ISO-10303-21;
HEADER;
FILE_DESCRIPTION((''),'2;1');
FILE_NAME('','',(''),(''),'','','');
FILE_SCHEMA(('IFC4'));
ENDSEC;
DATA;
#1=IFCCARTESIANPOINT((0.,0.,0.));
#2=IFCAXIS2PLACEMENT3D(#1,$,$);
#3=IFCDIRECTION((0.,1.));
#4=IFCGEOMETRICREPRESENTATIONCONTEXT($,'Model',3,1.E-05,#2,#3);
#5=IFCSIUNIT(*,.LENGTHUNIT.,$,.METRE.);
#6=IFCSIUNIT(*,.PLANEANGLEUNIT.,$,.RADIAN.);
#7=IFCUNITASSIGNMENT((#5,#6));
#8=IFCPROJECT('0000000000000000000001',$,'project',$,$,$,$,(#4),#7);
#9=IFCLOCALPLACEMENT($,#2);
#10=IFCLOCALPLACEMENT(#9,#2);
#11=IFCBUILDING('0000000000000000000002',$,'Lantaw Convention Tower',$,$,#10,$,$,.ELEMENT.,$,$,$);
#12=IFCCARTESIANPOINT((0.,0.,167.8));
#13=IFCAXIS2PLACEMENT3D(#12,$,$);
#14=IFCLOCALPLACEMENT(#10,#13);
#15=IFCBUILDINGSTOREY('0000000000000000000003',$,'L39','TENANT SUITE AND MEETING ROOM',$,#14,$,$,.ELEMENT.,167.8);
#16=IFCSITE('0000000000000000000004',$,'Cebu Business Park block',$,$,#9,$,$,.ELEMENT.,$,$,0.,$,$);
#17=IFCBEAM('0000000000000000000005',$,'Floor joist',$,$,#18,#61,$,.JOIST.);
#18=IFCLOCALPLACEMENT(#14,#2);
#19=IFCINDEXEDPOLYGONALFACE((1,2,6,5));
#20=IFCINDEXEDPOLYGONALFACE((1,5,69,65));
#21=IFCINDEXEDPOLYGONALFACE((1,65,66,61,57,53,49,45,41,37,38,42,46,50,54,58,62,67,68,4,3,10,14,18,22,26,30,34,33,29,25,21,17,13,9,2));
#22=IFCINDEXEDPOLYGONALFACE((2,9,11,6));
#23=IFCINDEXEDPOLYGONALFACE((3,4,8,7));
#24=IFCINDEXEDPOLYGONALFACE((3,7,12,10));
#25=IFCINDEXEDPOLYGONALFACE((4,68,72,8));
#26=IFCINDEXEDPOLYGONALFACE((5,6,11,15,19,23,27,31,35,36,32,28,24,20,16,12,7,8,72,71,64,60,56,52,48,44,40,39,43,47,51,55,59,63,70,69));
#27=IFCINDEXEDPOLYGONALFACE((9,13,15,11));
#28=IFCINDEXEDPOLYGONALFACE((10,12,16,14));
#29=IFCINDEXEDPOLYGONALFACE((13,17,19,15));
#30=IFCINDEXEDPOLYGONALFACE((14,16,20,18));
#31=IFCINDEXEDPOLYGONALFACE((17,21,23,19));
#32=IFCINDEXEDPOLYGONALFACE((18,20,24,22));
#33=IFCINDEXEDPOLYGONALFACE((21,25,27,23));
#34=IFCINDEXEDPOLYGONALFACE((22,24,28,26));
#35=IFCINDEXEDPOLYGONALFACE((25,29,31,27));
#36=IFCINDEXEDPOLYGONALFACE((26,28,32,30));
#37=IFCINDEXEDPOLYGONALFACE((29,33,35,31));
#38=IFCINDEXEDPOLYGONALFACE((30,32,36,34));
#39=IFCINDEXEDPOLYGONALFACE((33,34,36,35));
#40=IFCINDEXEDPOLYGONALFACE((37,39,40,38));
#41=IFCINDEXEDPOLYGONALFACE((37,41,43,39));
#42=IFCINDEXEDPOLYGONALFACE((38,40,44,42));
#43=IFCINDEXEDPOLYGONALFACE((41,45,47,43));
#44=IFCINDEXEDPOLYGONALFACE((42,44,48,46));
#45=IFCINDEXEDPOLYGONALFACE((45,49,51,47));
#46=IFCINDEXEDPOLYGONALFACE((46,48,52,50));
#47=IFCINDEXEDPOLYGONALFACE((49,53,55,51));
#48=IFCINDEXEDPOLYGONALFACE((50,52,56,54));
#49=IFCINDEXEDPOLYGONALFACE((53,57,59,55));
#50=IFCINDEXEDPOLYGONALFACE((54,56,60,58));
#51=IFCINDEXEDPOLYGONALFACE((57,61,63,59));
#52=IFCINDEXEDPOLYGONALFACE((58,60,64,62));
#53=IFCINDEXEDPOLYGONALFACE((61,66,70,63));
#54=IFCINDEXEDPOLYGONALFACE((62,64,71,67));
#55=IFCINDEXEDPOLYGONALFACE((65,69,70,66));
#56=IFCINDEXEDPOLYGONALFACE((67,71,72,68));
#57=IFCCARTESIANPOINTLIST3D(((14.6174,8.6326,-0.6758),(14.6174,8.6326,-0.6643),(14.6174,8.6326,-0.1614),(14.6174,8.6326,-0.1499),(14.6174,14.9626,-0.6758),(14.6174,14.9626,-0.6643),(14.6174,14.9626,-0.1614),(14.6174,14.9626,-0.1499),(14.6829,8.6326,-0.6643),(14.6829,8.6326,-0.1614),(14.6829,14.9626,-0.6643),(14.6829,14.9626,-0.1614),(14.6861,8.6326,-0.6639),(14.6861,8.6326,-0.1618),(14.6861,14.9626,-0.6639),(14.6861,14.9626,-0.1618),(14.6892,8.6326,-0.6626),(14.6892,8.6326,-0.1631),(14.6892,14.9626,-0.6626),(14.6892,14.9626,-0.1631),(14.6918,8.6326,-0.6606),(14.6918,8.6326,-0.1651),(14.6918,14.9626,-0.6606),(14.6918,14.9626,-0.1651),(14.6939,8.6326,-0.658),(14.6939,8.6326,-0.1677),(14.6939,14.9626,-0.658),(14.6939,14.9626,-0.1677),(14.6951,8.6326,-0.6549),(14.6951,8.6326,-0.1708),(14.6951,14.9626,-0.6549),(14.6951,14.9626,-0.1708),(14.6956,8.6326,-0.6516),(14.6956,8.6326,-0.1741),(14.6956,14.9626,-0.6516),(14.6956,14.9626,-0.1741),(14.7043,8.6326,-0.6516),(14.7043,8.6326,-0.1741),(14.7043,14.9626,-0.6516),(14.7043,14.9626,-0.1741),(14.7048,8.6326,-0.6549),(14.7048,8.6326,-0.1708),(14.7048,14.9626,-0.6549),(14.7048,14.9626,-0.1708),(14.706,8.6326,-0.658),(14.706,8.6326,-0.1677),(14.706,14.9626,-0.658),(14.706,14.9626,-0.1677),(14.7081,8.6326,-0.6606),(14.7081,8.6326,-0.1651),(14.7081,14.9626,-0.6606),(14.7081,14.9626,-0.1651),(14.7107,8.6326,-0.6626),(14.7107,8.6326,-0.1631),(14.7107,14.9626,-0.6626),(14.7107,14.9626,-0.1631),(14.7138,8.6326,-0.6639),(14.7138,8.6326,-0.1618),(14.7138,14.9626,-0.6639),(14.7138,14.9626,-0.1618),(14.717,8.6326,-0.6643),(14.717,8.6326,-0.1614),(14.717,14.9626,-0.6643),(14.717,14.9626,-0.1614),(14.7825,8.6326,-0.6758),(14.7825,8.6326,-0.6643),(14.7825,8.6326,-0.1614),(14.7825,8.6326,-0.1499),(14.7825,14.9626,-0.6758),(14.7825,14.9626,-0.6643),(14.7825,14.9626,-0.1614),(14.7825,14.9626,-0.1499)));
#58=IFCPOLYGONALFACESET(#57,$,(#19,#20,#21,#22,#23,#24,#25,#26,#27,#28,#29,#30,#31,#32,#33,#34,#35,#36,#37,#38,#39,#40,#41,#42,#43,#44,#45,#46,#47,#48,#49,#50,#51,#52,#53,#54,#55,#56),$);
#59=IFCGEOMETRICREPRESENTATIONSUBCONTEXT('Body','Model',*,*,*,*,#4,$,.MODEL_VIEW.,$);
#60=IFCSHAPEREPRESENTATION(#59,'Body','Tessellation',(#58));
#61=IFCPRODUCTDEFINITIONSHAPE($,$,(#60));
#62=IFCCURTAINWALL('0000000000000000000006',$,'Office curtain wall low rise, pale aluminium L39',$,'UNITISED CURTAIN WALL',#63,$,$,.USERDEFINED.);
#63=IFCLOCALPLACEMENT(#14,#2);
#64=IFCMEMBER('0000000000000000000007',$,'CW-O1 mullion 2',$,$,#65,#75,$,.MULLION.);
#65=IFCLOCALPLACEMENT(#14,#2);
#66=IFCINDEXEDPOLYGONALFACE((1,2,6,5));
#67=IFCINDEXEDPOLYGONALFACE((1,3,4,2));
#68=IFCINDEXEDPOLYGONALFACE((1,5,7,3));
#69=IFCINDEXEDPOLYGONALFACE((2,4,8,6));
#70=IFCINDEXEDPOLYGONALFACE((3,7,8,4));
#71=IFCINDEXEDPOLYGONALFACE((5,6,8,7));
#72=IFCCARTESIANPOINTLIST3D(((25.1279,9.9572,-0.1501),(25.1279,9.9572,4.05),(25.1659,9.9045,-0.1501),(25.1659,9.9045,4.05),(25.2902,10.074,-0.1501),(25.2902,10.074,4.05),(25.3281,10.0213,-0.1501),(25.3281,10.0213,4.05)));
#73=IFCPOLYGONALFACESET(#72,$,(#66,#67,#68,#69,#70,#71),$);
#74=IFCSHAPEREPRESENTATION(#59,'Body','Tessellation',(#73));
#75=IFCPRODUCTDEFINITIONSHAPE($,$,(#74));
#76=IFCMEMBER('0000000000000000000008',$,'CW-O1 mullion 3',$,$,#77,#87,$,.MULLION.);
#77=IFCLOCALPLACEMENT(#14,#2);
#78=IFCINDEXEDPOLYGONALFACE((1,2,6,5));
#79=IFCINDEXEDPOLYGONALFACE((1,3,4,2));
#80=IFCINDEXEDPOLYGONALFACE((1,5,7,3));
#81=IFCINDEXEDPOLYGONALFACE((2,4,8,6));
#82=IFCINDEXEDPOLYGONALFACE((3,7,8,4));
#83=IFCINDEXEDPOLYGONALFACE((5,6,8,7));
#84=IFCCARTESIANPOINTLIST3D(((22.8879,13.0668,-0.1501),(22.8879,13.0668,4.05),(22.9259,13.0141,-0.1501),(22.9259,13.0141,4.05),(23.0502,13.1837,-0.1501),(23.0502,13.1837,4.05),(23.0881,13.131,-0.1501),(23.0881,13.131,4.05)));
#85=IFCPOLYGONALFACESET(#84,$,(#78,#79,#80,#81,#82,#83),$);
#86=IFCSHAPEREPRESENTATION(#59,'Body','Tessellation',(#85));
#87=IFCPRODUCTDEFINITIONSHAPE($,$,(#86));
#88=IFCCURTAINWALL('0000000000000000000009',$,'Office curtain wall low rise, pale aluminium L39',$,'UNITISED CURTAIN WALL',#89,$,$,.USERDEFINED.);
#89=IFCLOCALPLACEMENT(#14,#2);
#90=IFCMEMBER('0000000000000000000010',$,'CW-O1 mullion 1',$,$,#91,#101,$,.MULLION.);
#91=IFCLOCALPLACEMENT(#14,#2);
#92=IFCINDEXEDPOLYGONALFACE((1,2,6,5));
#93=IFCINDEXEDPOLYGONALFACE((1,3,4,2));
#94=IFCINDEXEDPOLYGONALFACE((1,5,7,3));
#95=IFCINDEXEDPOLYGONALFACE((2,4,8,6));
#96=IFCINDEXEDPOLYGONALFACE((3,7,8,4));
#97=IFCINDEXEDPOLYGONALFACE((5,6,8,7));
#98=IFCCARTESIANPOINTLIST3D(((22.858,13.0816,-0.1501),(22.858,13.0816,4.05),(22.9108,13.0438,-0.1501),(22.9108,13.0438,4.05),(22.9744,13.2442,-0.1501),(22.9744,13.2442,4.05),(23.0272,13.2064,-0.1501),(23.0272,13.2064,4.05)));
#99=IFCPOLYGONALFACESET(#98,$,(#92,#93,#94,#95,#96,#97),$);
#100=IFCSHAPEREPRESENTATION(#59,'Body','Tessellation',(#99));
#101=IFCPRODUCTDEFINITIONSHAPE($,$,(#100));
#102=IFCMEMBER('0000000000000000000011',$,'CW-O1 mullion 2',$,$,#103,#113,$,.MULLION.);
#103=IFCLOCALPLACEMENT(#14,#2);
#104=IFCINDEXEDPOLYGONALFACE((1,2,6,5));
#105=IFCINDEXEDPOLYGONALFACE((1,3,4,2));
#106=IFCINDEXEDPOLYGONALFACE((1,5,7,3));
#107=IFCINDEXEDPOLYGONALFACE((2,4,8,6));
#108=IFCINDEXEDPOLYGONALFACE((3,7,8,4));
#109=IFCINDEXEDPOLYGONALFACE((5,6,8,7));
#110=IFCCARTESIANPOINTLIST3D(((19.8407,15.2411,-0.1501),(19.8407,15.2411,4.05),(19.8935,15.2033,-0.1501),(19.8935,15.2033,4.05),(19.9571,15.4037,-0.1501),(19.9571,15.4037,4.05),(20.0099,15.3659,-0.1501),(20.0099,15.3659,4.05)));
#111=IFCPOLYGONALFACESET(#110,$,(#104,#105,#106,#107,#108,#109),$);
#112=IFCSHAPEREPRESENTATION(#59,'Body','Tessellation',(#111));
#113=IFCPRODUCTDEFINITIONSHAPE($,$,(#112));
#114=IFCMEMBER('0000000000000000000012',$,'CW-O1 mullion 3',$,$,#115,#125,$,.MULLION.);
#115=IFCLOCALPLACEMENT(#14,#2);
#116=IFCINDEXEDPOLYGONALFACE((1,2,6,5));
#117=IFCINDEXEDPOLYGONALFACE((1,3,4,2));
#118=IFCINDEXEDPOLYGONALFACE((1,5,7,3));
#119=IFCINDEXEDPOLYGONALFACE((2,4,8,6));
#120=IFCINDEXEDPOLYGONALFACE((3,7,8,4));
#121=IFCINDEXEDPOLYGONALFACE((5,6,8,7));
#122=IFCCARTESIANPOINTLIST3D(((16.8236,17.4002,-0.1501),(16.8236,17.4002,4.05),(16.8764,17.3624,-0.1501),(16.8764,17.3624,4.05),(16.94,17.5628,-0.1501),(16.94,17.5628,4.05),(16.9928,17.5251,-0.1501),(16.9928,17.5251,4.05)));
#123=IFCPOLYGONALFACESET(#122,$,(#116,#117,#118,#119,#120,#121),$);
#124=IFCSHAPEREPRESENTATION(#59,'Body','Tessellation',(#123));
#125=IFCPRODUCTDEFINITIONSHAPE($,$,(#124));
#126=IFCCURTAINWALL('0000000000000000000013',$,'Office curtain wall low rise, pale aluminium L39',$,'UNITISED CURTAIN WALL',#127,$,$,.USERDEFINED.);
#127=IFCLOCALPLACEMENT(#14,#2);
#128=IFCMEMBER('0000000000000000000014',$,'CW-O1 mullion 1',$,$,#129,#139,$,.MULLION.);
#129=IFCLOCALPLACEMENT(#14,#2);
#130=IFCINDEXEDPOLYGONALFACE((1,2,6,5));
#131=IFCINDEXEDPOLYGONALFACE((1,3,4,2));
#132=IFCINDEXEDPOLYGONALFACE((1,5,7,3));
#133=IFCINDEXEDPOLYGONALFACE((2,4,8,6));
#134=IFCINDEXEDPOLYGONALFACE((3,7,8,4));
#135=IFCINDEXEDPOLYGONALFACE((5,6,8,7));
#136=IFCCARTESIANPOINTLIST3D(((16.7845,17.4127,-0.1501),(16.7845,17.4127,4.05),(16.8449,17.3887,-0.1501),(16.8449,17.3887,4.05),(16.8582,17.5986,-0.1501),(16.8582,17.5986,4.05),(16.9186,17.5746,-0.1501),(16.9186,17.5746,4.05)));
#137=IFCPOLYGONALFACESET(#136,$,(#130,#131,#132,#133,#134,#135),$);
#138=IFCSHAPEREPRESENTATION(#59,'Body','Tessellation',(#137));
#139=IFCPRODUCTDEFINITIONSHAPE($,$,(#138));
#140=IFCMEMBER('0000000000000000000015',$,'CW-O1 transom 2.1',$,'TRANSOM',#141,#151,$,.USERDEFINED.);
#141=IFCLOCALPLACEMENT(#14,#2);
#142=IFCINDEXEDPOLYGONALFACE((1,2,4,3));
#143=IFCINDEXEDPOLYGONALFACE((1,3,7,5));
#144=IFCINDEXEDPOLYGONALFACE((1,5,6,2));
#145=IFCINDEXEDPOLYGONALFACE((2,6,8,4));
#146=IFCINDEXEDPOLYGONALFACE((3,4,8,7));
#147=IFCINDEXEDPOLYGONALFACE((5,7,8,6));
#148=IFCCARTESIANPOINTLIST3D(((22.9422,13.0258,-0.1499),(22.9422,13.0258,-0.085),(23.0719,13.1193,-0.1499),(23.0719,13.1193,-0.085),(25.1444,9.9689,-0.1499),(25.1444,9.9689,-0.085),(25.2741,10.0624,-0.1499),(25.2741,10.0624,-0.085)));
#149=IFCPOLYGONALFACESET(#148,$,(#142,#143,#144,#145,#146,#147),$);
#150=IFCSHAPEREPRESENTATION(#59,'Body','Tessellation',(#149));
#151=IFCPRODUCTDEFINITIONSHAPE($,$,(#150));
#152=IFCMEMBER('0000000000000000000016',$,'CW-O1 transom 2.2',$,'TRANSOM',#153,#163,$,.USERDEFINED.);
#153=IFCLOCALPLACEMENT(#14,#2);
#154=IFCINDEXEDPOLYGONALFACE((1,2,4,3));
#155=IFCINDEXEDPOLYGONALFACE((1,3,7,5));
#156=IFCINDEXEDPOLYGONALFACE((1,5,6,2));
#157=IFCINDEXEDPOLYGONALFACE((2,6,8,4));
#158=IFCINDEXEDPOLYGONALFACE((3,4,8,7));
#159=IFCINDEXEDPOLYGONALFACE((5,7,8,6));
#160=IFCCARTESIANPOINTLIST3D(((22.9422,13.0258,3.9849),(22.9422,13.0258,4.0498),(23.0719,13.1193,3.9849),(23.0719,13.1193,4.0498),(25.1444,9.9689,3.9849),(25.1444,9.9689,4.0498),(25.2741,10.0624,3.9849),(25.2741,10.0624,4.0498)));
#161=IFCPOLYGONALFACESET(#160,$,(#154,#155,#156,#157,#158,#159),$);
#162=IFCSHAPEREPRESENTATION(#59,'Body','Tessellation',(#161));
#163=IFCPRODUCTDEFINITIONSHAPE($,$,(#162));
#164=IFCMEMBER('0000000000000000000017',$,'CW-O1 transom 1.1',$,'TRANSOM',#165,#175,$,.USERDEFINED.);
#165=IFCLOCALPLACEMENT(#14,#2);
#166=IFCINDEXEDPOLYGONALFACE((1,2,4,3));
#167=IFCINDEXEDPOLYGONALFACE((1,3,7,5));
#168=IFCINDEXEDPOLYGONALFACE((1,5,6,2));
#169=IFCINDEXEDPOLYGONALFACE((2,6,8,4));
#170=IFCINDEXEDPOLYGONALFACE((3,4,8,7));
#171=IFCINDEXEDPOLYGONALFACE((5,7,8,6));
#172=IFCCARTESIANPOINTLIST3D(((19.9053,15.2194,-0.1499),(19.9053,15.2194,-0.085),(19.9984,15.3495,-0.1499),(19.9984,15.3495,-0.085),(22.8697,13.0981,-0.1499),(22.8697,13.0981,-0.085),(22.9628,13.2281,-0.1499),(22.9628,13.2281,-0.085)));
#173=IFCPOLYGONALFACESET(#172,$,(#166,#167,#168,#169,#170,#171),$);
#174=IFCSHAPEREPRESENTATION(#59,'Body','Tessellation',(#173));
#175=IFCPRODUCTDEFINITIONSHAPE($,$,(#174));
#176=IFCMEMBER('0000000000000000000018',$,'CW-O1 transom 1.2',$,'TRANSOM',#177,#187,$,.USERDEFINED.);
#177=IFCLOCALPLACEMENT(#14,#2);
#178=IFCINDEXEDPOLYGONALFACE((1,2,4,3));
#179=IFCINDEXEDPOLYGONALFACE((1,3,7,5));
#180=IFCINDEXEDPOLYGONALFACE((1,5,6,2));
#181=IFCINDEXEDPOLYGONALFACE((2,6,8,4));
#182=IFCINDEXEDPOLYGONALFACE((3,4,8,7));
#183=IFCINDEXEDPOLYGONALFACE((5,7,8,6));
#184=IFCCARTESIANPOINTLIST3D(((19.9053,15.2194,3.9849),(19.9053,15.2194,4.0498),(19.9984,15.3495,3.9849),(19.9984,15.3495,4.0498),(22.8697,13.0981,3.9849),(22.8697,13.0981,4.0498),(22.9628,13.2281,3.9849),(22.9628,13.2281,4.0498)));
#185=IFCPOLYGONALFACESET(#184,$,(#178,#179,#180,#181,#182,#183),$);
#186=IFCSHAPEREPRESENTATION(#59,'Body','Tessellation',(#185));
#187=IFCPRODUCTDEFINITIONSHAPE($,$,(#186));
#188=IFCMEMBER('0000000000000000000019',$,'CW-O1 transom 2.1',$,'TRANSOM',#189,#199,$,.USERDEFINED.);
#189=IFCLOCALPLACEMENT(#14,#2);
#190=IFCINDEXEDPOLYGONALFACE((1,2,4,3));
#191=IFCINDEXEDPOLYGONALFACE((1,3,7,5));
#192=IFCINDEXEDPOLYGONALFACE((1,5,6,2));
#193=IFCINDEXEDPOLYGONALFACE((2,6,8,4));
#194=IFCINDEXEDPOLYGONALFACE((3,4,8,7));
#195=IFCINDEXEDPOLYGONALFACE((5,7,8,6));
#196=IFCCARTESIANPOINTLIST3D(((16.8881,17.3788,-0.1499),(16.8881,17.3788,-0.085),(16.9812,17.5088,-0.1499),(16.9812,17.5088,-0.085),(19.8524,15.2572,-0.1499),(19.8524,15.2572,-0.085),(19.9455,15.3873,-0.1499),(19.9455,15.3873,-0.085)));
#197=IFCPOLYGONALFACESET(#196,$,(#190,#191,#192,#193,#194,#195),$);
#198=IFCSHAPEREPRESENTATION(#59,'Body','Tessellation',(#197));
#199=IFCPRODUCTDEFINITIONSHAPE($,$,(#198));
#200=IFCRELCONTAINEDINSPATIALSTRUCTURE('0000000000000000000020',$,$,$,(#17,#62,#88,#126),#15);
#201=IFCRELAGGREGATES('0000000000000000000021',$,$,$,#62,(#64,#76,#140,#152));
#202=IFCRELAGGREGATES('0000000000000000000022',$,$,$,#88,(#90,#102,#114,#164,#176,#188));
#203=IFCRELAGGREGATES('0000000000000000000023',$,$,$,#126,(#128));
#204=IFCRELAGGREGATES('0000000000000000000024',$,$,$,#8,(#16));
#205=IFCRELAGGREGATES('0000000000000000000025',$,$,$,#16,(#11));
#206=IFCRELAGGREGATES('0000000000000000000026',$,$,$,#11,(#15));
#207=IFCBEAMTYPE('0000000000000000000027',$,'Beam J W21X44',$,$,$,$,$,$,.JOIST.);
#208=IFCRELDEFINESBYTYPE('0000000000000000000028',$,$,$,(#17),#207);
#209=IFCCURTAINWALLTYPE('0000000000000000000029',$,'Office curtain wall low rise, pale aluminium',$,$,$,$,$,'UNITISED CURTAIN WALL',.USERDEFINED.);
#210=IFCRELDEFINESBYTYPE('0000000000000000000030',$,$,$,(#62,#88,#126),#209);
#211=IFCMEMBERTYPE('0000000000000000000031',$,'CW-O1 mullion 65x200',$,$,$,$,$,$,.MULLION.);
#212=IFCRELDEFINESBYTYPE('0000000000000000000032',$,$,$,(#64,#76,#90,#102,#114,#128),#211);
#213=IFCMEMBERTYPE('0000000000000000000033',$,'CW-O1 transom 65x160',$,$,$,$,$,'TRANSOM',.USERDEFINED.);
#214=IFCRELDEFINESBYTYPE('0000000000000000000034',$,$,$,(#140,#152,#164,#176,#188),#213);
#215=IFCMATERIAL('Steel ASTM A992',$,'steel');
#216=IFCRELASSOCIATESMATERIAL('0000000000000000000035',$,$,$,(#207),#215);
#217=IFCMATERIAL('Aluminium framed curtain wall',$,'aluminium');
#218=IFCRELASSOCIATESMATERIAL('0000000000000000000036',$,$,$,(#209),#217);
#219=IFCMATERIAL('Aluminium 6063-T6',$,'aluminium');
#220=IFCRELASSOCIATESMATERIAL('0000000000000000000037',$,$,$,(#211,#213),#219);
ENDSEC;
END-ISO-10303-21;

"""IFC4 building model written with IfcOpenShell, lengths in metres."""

from ifc_helpers import new_model, si_unit, direction, frame, origin, origin_2d, place, context, subcontext, project, spatial, rectangle, i_section, extrude, material, material_profile, profile_set, type_object, element, aggregate, save


model = new_model("IFC4")

# Units and contexts
model_context = context("Model", 3, precision=1e-05, world=origin(), true_north=direction((0.0, 1.0)))
body_context = subcontext(model_context, "Body", "Model", "MODEL_VIEW")
ifc_project = project(units=[si_unit("LENGTHUNIT", "METRE"), si_unit("PLANEANGLEUNIT", "RADIAN")], contexts=[model_context])

# Site, building, storey
site_placement = place(None, origin())
site = spatial("IfcSite", under=ifc_project, at=site_placement, Name="Cebu Business Park block", CompositionType="ELEMENT", RefElevation=0.0)
building_placement = place(site_placement, origin())
building = spatial("IfcBuilding", under=site, at=building_placement, Name="Lantaw Convention Tower", CompositionType="ELEMENT")
storey_placement = place(building_placement, frame((0.0, 0.0, 167.8)))
storey = spatial("IfcBuildingStorey", under=building, at=storey_placement, Name="L39", Description="TENANT SUITE AND MEETING ROOM", CompositionType="ELEMENT", Elevation=167.8)

# Beam
ifc_material_1 = material(Name="Steel ASTM A992", Category="steel")
ifc_material_profile_1 = material_profile(ifc_material_1, i_section(OverallWidth=0.165, OverallDepth=0.5259, WebThickness=0.0088, FlangeThickness=0.0115, FilletRadius=0.0127, at=origin_2d()), Name="W21X44")
ifc_profile_set_1 = profile_set([ifc_material_profile_1], Name="Steel ASTM A992")
beam_type_1 = type_object("IfcBeamType", Name="Beam J W21X44", PredefinedType="JOIST", material=ifc_profile_set_1)
beam_1_placement = place(storey_placement, frame((14.7, 8.6326, -0.4128), z_axis=(0.0, 1.0, 0.0), x_axis=(-1.0, 0.0, 0.0)))
element("IfcBeam", 1, at=beam_1_placement, inside=storey, type_object=beam_type_1, Name="Floor joist", PredefinedType="JOIST", context=body_context, shape_type="SweptSolid", body=[
    extrude(i_section(OverallWidth=0.165, OverallDepth=0.5259, WebThickness=0.0088, FlangeThickness=0.0115, FilletRadius=0.0127, at=origin_2d()), origin(), (0.0, 0.0, 1.0), 6.3301),
])

# Curtain walls, members
ifc_material_2 = material(Name="Aluminium framed curtain wall", Category="aluminium")
curtain_wall_type = type_object("IfcCurtainWallType", Name="Office curtain wall low rise, pale aluminium", ElementType="UNITISED CURTAIN WALL", PredefinedType="USERDEFINED", material=ifc_material_2)
curtain_wall_1_placement = place(storey_placement, origin())
curtain_wall_1 = element("IfcCurtainWall", 2, at=curtain_wall_1_placement, inside=storey, type_object=curtain_wall_type, Name="Office curtain wall low rise, pale aluminium L39", ObjectType="UNITISED CURTAIN WALL", PredefinedType="USERDEFINED")
ifc_material_3 = material(Name="Aluminium 6063-T6", Category="aluminium")
ifc_material_profile_2 = material_profile(ifc_material_3, rectangle(XDim=0.2, YDim=0.0649, at=origin_2d()), Name="CW-O1 mullion 65x200")
ifc_profile_set_2 = profile_set([ifc_material_profile_2], Name="Aluminium 6063-T6")
member_type_1 = type_object("IfcMemberType", Name="CW-O1 mullion 65x200", PredefinedType="MULLION", material=ifc_profile_set_2)
member_1_placement = place(storey_placement, frame((25.228, 9.9893, -0.1501), z_axis=(0.0, 0.0, 1.0), x_axis=(-0.811385, -0.584513, 0.0)))
member_1 = element("IfcMember", 3, at=member_1_placement, type_object=member_type_1, Name="CW-O1 mullion 2", PredefinedType="MULLION", context=body_context, shape_type="SweptSolid", body=[
    extrude(rectangle(XDim=0.2, YDim=0.0649, at=origin_2d()), origin(), (0.0, 0.0, 1.0), 4.2002),
])
member_2_placement = place(storey_placement, frame((22.988, 13.0989, -0.1501), z_axis=(0.0, 0.0, 1.0), x_axis=(-0.811385, -0.584513, 0.0)))
member_2 = element("IfcMember", 4, at=member_2_placement, type_object=member_type_1, Name="CW-O1 mullion 3", PredefinedType="MULLION", context=body_context, shape_type="SweptSolid", body=[
    extrude(rectangle(XDim=0.2, YDim=0.0649, at=origin_2d()), origin(), (0.0, 0.0, 1.0), 4.2002),
])
curtain_wall_2_placement = place(storey_placement, origin())
curtain_wall_2 = element("IfcCurtainWall", 5, at=curtain_wall_2_placement, inside=storey, type_object=curtain_wall_type, Name="Office curtain wall low rise, pale aluminium L39", ObjectType="UNITISED CURTAIN WALL", PredefinedType="USERDEFINED")
member_3_placement = place(storey_placement, frame((22.9426, 13.144, -0.1501), z_axis=(0.0, 0.0, 1.0), x_axis=(-0.581973, -0.813208, 0.0)))
member_3 = element("IfcMember", 6, at=member_3_placement, type_object=member_type_1, Name="CW-O1 mullion 1", PredefinedType="MULLION", context=body_context, shape_type="SweptSolid", body=[
    extrude(rectangle(XDim=0.2, YDim=0.0649, at=origin_2d()), origin(), (0.0, 0.0, 1.0), 4.2002),
])
member_4_placement = place(storey_placement, frame((19.9253, 15.3035, -0.1501), z_axis=(0.0, 0.0, 1.0), x_axis=(-0.581973, -0.813208, 0.0)))
member_4 = element("IfcMember", 7, at=member_4_placement, type_object=member_type_1, Name="CW-O1 mullion 2", PredefinedType="MULLION", context=body_context, shape_type="SweptSolid", body=[
    extrude(rectangle(XDim=0.2, YDim=0.0649, at=origin_2d()), origin(), (0.0, 0.0, 1.0), 4.2002),
])
member_5_placement = place(storey_placement, frame((16.9082, 17.4626, -0.1501), z_axis=(0.0, 0.0, 1.0), x_axis=(-0.581973, -0.813208, 0.0)))
member_5 = element("IfcMember", 8, at=member_5_placement, type_object=member_type_1, Name="CW-O1 mullion 3", PredefinedType="MULLION", context=body_context, shape_type="SweptSolid", body=[
    extrude(rectangle(XDim=0.2, YDim=0.0649, at=origin_2d()), origin(), (0.0, 0.0, 1.0), 4.2002),
])

# Curtain wall, member
curtain_wall_3_placement = place(storey_placement, origin())
curtain_wall_3 = element("IfcCurtainWall", 9, at=curtain_wall_3_placement, inside=storey, type_object=curtain_wall_type, Name="Office curtain wall low rise, pale aluminium L39", ObjectType="UNITISED CURTAIN WALL", PredefinedType="USERDEFINED")
member_6_placement = place(storey_placement, frame((16.8516, 17.4937, -0.1501), z_axis=(0.0, 0.0, 1.0), x_axis=(-0.368702, -0.929548, 0.0)))
member_6 = element("IfcMember", 10, at=member_6_placement, type_object=member_type_1, Name="CW-O1 mullion 1", PredefinedType="MULLION", context=body_context, shape_type="SweptSolid", body=[
    extrude(rectangle(XDim=0.2, YDim=0.0649, at=origin_2d()), origin(), (0.0, 0.0, 1.0), 4.2002),
])

# Members
ifc_material_profile_3 = material_profile(ifc_material_3, rectangle(XDim=0.1599, YDim=0.0649, at=origin_2d()), Name="CW-O1 transom 65x160")
ifc_profile_set_3 = profile_set([ifc_material_profile_3], Name="Aluminium 6063-T6")
member_type_2 = type_object("IfcMemberType", Name="CW-O1 transom 65x160", ElementType="TRANSOM", PredefinedType="USERDEFINED", material=ifc_profile_set_3)
member_7_placement = place(storey_placement, frame((25.2092, 10.0156, -0.1174), z_axis=(-0.584513, 0.811384, 0.0), x_axis=(-0.811384, -0.584513, 0.0)))
member_7 = element("IfcMember", 11, at=member_7_placement, type_object=member_type_2, Name="CW-O1 transom 2.1", ObjectType="TRANSOM", PredefinedType="USERDEFINED", context=body_context, shape_type="SweptSolid", body=[
    extrude(rectangle(XDim=0.1599, YDim=0.0649, at=origin_2d()), origin(), (0.0, 0.0, 1.0), 3.7676),
])
member_8_placement = place(storey_placement, frame((25.2092, 10.0156, 4.0173), z_axis=(-0.584513, 0.811384, 0.0), x_axis=(-0.811384, -0.584513, 0.0)))
member_8 = element("IfcMember", 12, at=member_8_placement, type_object=member_type_2, Name="CW-O1 transom 2.2", ObjectType="TRANSOM", PredefinedType="USERDEFINED", context=body_context, shape_type="SweptSolid", body=[
    extrude(rectangle(XDim=0.1599, YDim=0.0649, at=origin_2d()), origin(), (0.0, 0.0, 1.0), 3.7676),
])
member_9_placement = place(storey_placement, frame((22.9163, 13.1631, -0.1174), z_axis=(-0.813222, 0.581954, 0.0), x_axis=(-0.581954, -0.813222, 0.0)))
member_9 = element("IfcMember", 13, at=member_9_placement, type_object=member_type_2, Name="CW-O1 transom 1.1", ObjectType="TRANSOM", PredefinedType="USERDEFINED", context=body_context, shape_type="SweptSolid", body=[
    extrude(rectangle(XDim=0.1599, YDim=0.0649, at=origin_2d()), origin(), (0.0, 0.0, 1.0), 3.6453),
])
member_10_placement = place(storey_placement, frame((22.9163, 13.1631, 4.0173), z_axis=(-0.813222, 0.581954, 0.0), x_axis=(-0.581954, -0.813222, 0.0)))
member_10 = element("IfcMember", 14, at=member_10_placement, type_object=member_type_2, Name="CW-O1 transom 1.2", ObjectType="TRANSOM", PredefinedType="USERDEFINED", context=body_context, shape_type="SweptSolid", body=[
    extrude(rectangle(XDim=0.1599, YDim=0.0649, at=origin_2d()), origin(), (0.0, 0.0, 1.0), 3.6453),
])
member_11_placement = place(storey_placement, frame((19.8989, 15.3223, -0.1174), z_axis=(-0.81319, 0.581998, 0.0), x_axis=(-0.581998, -0.81319, 0.0)))
member_11 = element("IfcMember", 15, at=member_11_placement, type_object=member_type_2, Name="CW-O1 transom 2.1", ObjectType="TRANSOM", PredefinedType="USERDEFINED", context=body_context, shape_type="SweptSolid", body=[
    extrude(rectangle(XDim=0.1599, YDim=0.0649, at=origin_2d()), origin(), (0.0, 0.0, 1.0), 3.6453),
])

aggregate(curtain_wall_1, [member_1, member_2, member_7, member_8])
aggregate(curtain_wall_2, [member_3, member_4, member_5, member_9, member_10, member_11])
aggregate(curtain_wall_3, [member_6])

save(model, "model.ifc")
